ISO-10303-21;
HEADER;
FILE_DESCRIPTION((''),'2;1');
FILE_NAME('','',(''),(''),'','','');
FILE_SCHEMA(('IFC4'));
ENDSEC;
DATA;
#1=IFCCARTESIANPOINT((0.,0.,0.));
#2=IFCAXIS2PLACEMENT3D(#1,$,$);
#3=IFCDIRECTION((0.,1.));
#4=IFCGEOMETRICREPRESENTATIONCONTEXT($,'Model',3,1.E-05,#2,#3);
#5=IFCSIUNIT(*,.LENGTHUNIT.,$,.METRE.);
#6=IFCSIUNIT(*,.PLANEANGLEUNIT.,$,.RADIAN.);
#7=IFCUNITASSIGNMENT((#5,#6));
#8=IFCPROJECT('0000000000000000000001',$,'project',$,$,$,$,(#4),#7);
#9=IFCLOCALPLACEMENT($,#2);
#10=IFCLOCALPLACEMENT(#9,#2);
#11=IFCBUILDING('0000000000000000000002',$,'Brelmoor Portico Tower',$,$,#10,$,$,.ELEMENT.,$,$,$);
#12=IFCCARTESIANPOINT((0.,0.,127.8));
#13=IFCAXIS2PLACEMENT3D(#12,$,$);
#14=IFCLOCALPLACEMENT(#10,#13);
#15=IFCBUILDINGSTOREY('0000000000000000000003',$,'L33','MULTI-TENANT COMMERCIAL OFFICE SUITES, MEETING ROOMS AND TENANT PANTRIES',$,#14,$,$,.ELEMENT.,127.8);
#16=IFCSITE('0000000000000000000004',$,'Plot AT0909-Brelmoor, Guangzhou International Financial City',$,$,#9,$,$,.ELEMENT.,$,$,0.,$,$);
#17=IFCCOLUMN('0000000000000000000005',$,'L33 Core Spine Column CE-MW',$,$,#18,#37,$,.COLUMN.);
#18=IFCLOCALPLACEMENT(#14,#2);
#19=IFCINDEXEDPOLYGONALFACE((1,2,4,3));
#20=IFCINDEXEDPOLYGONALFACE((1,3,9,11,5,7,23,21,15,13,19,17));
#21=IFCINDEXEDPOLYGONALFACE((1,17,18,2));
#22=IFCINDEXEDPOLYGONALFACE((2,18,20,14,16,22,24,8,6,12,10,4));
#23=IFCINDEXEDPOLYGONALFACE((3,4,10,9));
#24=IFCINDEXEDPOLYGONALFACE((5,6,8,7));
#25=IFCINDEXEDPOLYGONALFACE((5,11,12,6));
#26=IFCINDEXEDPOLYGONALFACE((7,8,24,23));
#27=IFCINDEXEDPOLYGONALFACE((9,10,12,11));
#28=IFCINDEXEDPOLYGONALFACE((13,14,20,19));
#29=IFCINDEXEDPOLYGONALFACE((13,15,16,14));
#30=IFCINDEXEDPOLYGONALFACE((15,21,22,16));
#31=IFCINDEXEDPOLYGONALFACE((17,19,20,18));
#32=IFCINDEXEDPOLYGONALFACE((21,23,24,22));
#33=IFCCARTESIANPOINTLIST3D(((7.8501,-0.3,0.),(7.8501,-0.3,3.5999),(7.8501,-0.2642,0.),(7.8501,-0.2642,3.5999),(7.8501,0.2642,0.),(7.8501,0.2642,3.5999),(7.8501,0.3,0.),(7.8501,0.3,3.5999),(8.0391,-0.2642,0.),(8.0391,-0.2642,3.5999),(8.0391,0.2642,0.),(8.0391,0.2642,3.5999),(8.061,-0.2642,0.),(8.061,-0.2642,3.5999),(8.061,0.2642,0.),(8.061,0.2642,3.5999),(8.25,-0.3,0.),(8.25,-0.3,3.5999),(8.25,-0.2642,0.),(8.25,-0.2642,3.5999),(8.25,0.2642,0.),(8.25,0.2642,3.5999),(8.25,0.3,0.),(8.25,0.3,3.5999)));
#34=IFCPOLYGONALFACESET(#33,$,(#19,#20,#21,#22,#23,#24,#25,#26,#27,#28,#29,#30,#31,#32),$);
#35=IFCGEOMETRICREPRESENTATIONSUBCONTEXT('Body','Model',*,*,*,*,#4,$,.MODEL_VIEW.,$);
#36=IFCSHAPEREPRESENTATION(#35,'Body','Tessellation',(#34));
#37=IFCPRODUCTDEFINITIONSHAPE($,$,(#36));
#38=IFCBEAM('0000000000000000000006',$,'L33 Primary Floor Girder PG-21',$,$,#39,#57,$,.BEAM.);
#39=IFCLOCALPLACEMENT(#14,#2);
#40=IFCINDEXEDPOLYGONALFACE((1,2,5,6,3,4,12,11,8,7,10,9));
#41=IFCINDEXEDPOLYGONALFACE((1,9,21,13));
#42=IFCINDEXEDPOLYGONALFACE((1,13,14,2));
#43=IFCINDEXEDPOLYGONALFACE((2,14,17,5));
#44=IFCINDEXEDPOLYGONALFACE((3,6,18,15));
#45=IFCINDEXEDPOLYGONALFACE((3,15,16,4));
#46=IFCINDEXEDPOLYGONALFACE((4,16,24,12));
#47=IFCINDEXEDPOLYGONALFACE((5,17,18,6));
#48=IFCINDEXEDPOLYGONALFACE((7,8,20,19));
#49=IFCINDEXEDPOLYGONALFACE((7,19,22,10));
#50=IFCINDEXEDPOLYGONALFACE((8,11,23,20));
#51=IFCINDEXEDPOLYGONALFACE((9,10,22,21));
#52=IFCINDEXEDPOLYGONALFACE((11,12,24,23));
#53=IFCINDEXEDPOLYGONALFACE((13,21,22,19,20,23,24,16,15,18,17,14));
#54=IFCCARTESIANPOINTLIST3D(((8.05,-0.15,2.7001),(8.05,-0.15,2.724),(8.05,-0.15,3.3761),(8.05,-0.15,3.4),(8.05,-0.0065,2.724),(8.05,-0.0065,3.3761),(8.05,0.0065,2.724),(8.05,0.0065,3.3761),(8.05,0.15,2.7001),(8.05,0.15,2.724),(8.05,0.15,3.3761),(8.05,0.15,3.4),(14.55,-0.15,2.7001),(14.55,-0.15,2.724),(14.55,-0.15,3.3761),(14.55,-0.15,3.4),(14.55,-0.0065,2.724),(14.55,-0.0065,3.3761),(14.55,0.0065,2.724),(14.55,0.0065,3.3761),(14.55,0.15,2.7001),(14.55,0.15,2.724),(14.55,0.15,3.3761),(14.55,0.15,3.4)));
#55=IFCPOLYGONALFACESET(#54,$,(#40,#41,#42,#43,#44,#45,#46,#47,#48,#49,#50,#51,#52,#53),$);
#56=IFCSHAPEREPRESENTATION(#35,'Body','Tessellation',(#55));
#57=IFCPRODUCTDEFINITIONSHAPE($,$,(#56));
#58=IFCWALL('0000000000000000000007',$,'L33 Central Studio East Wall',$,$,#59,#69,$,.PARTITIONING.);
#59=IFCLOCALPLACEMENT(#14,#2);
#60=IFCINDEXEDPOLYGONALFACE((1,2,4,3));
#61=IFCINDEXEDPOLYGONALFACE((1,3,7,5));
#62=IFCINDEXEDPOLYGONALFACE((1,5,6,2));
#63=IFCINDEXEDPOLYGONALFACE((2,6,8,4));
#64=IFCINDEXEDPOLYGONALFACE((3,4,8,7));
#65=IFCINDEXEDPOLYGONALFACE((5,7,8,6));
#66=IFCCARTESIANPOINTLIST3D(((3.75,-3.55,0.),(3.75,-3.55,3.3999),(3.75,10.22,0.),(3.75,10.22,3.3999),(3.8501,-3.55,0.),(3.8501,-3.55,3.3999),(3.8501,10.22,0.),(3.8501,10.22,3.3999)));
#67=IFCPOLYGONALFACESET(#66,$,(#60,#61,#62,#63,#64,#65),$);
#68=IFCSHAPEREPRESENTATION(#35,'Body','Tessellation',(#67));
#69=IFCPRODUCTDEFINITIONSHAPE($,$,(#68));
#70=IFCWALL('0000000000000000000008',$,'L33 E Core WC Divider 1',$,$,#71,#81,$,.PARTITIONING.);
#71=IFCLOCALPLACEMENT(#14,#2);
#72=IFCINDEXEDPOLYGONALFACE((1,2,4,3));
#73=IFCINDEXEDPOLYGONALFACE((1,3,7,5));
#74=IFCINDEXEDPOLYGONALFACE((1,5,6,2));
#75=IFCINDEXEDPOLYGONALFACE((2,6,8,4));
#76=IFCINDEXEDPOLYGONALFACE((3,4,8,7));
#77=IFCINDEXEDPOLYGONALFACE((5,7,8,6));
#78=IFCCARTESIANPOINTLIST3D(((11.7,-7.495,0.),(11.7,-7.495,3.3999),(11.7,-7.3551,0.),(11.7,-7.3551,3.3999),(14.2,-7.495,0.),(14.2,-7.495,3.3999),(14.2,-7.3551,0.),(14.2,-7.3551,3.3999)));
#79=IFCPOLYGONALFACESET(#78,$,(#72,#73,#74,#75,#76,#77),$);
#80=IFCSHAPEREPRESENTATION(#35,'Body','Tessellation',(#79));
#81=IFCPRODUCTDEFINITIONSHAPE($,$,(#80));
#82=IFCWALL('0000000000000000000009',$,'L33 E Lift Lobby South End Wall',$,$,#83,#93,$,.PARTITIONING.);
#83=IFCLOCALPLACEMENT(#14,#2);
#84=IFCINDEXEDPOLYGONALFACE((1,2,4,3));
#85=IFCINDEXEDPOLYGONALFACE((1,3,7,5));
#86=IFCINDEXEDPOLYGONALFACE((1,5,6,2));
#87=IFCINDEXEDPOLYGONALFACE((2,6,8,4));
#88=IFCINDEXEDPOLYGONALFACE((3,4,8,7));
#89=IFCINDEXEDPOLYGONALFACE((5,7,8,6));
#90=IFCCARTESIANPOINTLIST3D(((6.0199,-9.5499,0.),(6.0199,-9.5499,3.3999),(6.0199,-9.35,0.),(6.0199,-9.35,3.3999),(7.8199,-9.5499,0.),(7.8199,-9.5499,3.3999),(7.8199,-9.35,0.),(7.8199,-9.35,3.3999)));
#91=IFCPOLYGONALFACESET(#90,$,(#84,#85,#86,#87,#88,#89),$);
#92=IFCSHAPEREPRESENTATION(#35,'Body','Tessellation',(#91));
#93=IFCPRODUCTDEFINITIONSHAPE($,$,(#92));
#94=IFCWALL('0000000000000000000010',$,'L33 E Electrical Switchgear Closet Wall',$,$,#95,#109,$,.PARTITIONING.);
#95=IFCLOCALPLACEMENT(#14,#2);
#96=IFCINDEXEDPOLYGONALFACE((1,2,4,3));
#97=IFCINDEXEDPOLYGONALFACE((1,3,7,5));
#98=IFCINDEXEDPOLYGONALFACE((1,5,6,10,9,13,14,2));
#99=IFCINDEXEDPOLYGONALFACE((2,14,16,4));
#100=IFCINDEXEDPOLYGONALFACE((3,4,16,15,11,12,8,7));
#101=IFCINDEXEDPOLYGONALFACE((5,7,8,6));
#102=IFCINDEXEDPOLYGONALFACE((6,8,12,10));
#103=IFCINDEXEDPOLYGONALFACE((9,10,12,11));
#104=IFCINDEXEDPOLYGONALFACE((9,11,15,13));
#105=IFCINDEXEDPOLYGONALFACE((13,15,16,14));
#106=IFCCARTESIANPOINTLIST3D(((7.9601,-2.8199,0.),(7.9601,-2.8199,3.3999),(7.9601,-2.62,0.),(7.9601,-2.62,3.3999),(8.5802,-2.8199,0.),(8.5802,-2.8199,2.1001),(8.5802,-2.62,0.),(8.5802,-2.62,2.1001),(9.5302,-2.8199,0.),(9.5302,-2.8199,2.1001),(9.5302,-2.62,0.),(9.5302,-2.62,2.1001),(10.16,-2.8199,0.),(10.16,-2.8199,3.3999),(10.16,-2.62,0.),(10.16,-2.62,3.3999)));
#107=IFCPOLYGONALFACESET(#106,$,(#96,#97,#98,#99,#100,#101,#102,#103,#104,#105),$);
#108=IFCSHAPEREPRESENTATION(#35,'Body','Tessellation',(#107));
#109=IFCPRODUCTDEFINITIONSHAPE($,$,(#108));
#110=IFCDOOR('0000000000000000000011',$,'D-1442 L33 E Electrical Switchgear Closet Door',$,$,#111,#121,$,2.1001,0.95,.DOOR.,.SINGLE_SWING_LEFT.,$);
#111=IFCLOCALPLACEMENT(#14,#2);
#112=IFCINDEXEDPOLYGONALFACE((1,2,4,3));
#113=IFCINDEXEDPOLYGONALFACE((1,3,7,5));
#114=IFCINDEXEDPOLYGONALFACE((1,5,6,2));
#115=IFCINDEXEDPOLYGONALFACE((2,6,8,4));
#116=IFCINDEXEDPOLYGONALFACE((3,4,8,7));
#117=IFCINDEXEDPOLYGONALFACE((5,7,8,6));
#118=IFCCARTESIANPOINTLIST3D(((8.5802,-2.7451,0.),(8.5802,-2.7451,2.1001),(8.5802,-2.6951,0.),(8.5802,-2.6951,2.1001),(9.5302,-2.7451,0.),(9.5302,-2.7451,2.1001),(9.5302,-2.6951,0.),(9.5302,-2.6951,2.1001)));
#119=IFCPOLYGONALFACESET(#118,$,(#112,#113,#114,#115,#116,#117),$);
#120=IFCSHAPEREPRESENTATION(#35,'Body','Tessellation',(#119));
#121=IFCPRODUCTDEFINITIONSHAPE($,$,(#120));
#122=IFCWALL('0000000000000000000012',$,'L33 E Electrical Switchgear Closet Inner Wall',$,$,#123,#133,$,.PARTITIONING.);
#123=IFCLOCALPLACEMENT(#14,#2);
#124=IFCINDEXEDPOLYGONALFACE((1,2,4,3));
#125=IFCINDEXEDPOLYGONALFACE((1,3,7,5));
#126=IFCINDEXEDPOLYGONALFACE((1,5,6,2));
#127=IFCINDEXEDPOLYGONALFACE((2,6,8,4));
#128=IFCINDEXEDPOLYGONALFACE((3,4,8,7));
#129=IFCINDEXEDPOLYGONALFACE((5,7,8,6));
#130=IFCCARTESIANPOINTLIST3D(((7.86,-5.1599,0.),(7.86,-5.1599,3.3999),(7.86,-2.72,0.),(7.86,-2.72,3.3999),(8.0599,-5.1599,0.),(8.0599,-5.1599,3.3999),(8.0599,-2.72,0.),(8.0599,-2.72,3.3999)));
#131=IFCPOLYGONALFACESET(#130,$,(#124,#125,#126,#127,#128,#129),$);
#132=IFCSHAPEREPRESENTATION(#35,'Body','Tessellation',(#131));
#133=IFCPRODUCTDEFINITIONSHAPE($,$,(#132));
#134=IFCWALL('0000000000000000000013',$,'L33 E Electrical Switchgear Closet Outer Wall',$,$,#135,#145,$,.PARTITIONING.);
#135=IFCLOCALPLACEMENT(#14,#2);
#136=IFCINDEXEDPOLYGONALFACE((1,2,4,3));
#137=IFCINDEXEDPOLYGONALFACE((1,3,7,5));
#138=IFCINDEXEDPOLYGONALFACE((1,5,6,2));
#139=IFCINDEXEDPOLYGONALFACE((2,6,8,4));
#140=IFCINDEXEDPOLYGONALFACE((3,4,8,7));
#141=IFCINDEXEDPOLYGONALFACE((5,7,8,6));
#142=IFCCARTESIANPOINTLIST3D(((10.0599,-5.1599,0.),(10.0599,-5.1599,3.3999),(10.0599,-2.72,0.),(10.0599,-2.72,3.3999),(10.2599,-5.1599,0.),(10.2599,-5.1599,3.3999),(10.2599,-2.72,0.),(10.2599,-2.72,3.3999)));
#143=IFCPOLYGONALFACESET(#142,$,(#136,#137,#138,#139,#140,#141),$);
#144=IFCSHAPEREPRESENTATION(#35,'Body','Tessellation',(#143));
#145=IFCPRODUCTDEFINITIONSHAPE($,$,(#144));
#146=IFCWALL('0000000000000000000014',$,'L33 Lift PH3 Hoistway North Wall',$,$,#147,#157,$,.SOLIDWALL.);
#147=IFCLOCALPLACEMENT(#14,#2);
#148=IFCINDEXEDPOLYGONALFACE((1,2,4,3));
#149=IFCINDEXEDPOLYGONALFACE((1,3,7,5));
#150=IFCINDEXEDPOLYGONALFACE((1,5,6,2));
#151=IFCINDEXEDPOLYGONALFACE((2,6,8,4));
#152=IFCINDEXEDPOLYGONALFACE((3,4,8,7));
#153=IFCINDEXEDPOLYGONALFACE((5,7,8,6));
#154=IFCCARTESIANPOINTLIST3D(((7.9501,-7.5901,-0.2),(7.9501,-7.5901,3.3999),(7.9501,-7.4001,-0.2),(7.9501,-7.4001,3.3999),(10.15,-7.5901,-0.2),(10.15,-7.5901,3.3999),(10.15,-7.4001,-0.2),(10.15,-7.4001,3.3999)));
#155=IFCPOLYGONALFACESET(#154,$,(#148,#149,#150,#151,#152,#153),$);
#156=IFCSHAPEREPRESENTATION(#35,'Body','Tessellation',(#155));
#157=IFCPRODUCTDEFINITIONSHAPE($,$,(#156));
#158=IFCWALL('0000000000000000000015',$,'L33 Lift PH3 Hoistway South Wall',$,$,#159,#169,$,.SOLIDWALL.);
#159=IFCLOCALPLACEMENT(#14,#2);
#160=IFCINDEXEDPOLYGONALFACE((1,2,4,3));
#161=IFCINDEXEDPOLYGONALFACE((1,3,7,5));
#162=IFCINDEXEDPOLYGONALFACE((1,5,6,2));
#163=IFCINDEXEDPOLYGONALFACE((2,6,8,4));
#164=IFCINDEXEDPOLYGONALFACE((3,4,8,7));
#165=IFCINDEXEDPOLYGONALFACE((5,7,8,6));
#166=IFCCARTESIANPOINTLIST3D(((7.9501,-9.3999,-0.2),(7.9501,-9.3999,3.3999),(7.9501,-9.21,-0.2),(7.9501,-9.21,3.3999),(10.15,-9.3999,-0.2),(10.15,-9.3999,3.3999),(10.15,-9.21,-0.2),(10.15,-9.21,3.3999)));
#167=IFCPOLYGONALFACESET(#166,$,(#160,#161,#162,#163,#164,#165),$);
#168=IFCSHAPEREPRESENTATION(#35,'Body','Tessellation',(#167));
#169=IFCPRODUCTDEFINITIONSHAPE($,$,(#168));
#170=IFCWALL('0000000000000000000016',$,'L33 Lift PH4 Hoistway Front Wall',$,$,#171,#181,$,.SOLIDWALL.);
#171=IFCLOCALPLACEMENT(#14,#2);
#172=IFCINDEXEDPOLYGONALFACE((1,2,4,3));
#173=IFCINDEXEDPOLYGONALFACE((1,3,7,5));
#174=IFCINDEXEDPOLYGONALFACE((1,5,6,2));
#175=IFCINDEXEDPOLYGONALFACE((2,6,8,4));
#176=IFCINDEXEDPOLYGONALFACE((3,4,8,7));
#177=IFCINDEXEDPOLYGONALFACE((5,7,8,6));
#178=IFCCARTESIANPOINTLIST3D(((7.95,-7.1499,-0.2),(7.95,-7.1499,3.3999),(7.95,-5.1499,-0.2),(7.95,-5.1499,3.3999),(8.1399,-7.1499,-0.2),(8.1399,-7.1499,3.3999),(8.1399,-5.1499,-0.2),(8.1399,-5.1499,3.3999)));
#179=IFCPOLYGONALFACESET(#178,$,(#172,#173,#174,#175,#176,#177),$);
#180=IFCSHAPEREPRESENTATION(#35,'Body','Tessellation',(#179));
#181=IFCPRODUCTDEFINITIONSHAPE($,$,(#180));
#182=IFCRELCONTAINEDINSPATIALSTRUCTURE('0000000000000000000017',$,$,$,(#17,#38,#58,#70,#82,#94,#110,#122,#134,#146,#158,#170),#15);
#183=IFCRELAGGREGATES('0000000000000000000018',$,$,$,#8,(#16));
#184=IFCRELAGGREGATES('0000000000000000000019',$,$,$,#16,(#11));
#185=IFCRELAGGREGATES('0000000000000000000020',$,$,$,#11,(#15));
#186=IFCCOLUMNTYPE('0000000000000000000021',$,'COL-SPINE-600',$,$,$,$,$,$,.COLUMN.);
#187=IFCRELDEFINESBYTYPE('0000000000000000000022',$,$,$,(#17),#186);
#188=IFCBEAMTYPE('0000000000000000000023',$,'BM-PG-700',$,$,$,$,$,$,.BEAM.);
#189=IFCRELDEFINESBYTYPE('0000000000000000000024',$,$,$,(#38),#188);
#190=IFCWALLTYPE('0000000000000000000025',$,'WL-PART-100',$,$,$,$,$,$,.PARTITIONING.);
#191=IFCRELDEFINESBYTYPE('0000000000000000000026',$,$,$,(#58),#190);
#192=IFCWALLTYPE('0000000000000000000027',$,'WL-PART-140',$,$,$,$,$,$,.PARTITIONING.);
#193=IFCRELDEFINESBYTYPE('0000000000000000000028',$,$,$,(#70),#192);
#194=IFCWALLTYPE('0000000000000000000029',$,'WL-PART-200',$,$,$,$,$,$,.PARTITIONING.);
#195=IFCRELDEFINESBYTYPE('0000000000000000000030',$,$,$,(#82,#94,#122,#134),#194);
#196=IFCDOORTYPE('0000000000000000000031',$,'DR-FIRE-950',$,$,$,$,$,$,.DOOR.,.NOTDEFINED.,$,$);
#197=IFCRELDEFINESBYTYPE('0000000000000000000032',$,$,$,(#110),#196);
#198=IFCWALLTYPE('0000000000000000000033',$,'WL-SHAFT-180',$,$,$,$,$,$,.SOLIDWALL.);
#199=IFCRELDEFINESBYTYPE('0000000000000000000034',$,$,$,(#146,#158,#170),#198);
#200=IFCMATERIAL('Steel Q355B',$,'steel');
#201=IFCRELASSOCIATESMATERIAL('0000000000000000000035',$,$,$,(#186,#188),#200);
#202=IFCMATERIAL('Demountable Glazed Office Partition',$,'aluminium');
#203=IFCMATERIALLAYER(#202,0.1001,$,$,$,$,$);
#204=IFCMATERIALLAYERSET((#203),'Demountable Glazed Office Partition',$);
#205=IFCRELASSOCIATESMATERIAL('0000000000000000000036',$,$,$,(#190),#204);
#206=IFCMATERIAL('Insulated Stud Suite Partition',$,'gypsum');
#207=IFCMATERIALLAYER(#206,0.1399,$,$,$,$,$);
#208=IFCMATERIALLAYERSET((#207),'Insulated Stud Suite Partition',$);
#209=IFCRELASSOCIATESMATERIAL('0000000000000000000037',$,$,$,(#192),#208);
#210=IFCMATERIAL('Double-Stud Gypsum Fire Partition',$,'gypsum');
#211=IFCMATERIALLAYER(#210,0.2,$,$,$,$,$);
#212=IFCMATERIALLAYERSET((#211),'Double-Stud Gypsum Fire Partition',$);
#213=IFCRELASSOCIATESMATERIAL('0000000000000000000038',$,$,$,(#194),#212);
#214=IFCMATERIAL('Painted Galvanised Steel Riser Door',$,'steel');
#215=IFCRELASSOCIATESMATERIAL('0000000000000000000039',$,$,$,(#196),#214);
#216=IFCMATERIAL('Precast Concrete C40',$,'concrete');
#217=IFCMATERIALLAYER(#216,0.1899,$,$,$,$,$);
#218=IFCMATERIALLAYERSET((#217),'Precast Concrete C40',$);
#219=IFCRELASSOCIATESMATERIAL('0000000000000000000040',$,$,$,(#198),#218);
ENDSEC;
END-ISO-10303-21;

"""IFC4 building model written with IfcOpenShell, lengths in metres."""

from ifc_helpers import new_model, si_unit, direction, frame, frame_2d, origin, origin_2d, place, context, subcontext, project, spatial, rectangle, i_section, extrude, material, layer, layer_set, material_profile, profile_set, type_object, element, fill, save


model = new_model("IFC4")

# Units and contexts
model_context = context("Model", 3, precision=1e-05, world=origin(), true_north=direction((0.0, 1.0)))
body_context = subcontext(model_context, "Body", "Model", "MODEL_VIEW")
ifc_project = project(units=[si_unit("LENGTHUNIT", "METRE"), si_unit("PLANEANGLEUNIT", "RADIAN")], contexts=[model_context])

# Site, building, storey
site_placement = place(None, origin())
site = spatial("IfcSite", under=ifc_project, at=site_placement, Name="Plot AT0909-Brelmoor, Guangzhou International Financial City", CompositionType="ELEMENT", RefElevation=0.0)
building_placement = place(site_placement, origin())
building = spatial("IfcBuilding", under=site, at=building_placement, Name="Brelmoor Portico Tower", CompositionType="ELEMENT")
storey_placement = place(building_placement, frame((0.0, 0.0, 127.8)))
storey = spatial("IfcBuildingStorey", under=building, at=storey_placement, Name="L33", Description="MULTI-TENANT COMMERCIAL OFFICE SUITES, MEETING ROOMS AND TENANT PANTRIES", CompositionType="ELEMENT", Elevation=127.8)

# Column
ifc_material_1 = material(Name="Steel Q355B", Category="steel")
ifc_material_profile_1 = material_profile(ifc_material_1, i_section(OverallWidth=0.3999, OverallDepth=0.6001, WebThickness=0.022, FlangeThickness=0.0359, at=origin_2d()), Name="HW 600x400x22x36")
ifc_profile_set_1 = profile_set([ifc_material_profile_1], Name="Steel Q355B")
column_type = type_object("IfcColumnType", Name="COL-SPINE-600", PredefinedType="COLUMN", material=ifc_profile_set_1)
column_placement = place(storey_placement, frame((8.05, 0.0, 0.0), z_axis=(0.0, 0.0, 1.0), x_axis=(1.0, 0.0, 0.0)))
element("IfcColumn", 1, at=column_placement, inside=storey, type_object=column_type, Name="L33 Core Spine Column CE-MW", PredefinedType="COLUMN", context=body_context, shape_type="SweptSolid", body=[
    extrude(i_section(OverallWidth=0.3999, OverallDepth=0.6001, WebThickness=0.022, FlangeThickness=0.0359, at=origin_2d()), origin(), (0.0, 0.0, 1.0), 3.5999),
])

# Beam
ifc_material_profile_2 = material_profile(ifc_material_1, i_section(OverallWidth=0.3, OverallDepth=0.7, WebThickness=0.0129, FlangeThickness=0.0239, at=origin_2d()), Name="HN 700x300x13x24")
ifc_profile_set_2 = profile_set([ifc_material_profile_2], Name="Steel Q355B")
beam_type = type_object("IfcBeamType", Name="BM-PG-700", PredefinedType="BEAM", material=ifc_profile_set_2)
beam_placement = place(storey_placement, frame((8.05, 0.0, 3.05), z_axis=(1.0, 0.0, 0.0), x_axis=(0.0, 1.0, 0.0)))
element("IfcBeam", 2, at=beam_placement, inside=storey, type_object=beam_type, Name="L33 Primary Floor Girder PG-21", PredefinedType="BEAM", context=body_context, shape_type="SweptSolid", body=[
    extrude(i_section(OverallWidth=0.3, OverallDepth=0.7, WebThickness=0.0129, FlangeThickness=0.0239, at=origin_2d()), origin(), (0.0, 0.0, 1.0), 6.5),
])

# Walls
ifc_material_2 = material(Name="Demountable Glazed Office Partition", Category="aluminium")
ifc_layer_1 = layer(ifc_material_2, 0.1001)
ifc_layer_set_1 = layer_set([ifc_layer_1], Name="Demountable Glazed Office Partition")
wall_type_1 = type_object("IfcWallType", Name="WL-PART-100", PredefinedType="PARTITIONING", material=ifc_layer_set_1)
wall_1_placement = place(storey_placement, frame((3.8, -3.55, 0.0), z_axis=(0.0, 0.0, 1.0), x_axis=(0.0, 1.0, 0.0)))
element("IfcWall", 3, at=wall_1_placement, inside=storey, type_object=wall_type_1, Name="L33 Central Studio East Wall", PredefinedType="PARTITIONING", context=body_context, shape_type="SweptSolid", body=[
    extrude(rectangle(XDim=13.77, YDim=0.1001, at=frame_2d((6.885, 0.0))), origin(), (0.0, 0.0, 1.0), 3.3999),
])
ifc_material_3 = material(Name="Insulated Stud Suite Partition", Category="gypsum")
ifc_layer_2 = layer(ifc_material_3, 0.1399)
ifc_layer_set_2 = layer_set([ifc_layer_2], Name="Insulated Stud Suite Partition")
wall_type_2 = type_object("IfcWallType", Name="WL-PART-140", PredefinedType="PARTITIONING", material=ifc_layer_set_2)
wall_2_placement = place(storey_placement, frame((11.7, -7.425, 0.0), z_axis=(0.0, 0.0, 1.0), x_axis=(1.0, 0.0, 0.0)))
element("IfcWall", 4, at=wall_2_placement, inside=storey, type_object=wall_type_2, Name="L33 E Core WC Divider 1", PredefinedType="PARTITIONING", context=body_context, shape_type="SweptSolid", body=[
    extrude(rectangle(XDim=2.5, YDim=0.1399, at=frame_2d((1.25, 0.0))), origin(), (0.0, 0.0, 1.0), 3.3999),
])

# Wall
ifc_material_4 = material(Name="Double-Stud Gypsum Fire Partition", Category="gypsum")
ifc_layer_3 = layer(ifc_material_4, 0.2)
ifc_layer_set_3 = layer_set([ifc_layer_3], Name="Double-Stud Gypsum Fire Partition")
wall_type_3 = type_object("IfcWallType", Name="WL-PART-200", PredefinedType="PARTITIONING", material=ifc_layer_set_3)
wall_3_placement = place(storey_placement, frame((6.02, -9.45, 0.0), z_axis=(0.0, 0.0, 1.0), x_axis=(1.0, 0.0, 0.0)))
element("IfcWall", 5, at=wall_3_placement, inside=storey, type_object=wall_type_3, Name="L33 E Lift Lobby South End Wall", PredefinedType="PARTITIONING", context=body_context, shape_type="SweptSolid", body=[
    extrude(rectangle(XDim=1.8, YDim=0.2, at=frame_2d((0.8999, 0.0))), origin(), (0.0, 0.0, 1.0), 3.3999),
])

# Wall, opening, door
wall_4_placement = place(storey_placement, frame((7.96, -2.72, 0.0), z_axis=(0.0, 0.0, 1.0), x_axis=(1.0, 0.0, 0.0)))
wall_4 = element("IfcWall", 6, at=wall_4_placement, inside=storey, type_object=wall_type_3, Name="L33 E Electrical Switchgear Closet Wall", PredefinedType="PARTITIONING", context=body_context, shape_type="SweptSolid", body=[
    extrude(rectangle(XDim=2.2, YDim=0.2, at=frame_2d((1.1001, 0.0))), origin(), (0.0, 0.0, 1.0), 3.3999),
])
opening_1_placement = place(wall_4_placement, frame((0.6201, 0.0, 0.0)))
opening_1 = element("IfcOpeningElement", 7, at=opening_1_placement, cuts=wall_4, PredefinedType="OPENING", context=body_context, shape_type="SweptSolid", body=[
    extrude(rectangle(XDim=0.95, YDim=2.1001, at=frame_2d((0.4751, 1.05))), frame((0.0, 0.1099, 0.0), z_axis=(0.0, -1.0, 0.0), x_axis=(1.0, 0.0, 0.0)), (0.0, 0.0, 1.0), 0.22),
])
ifc_material_5 = material(Name="Painted Galvanised Steel Riser Door", Category="steel")
door_type_1 = type_object("IfcDoorType", Name="DR-FIRE-950", OperationType="NOTDEFINED", PredefinedType="DOOR", material=ifc_material_5)
door_1_placement = place(opening_1_placement, origin())
door_1 = element("IfcDoor", 8, at=door_1_placement, inside=storey, type_object=door_type_1, Name="D-1442 L33 E Electrical Switchgear Closet Door", OperationType="SINGLE_SWING_LEFT", OverallHeight=2.1001, OverallWidth=0.95, PredefinedType="DOOR", context=body_context, shape_type="SweptSolid", body=[
    extrude(rectangle(XDim=0.95, YDim=2.1001, at=frame_2d((0.4751, 1.05))), frame((0.0, 0.0249, 0.0), z_axis=(0.0, -1.0, 0.0), x_axis=(1.0, 0.0, 0.0)), (0.0, 0.0, 1.0), 0.05),
])
fill(opening_1, door_1)

# Walls
for number, where, z_axis, x_axis, name in (
    (9, (7.96, -5.1599, 0.0), (0.0, 0.0, 1.0), (0.0, 1.0, 0.0), "L33 E Electrical Switchgear Closet Inner Wall"),
    (10, (10.1599, -5.1599, 0.0), (0.0, 0.0, 1.0), (0.0, 1.0, 0.0), "L33 E Electrical Switchgear Closet Outer Wall"),
):
    element("IfcWall", number, at=place(storey_placement, frame(where, z_axis=z_axis, x_axis=x_axis)), inside=storey, type_object=wall_type_3, Name=name, PredefinedType="PARTITIONING", context=body_context, shape_type="SweptSolid", body=[
        extrude(rectangle(XDim=2.4399, YDim=0.2, at=frame_2d((1.22, 0.0))), origin(), (0.0, 0.0, 1.0), 3.3999),
    ])
ifc_material_6 = material(Name="Precast Concrete C40", Category="concrete")
ifc_layer_4 = layer(ifc_material_6, 0.1899)
ifc_layer_set_4 = layer_set([ifc_layer_4], Name="Precast Concrete C40")
wall_type_4 = type_object("IfcWallType", Name="WL-SHAFT-180", PredefinedType="SOLIDWALL", material=ifc_layer_set_4)
for number, where, z_axis, x_axis, name in (
    (11, (7.95, -7.4951, -0.2), (0.0, 0.0, 1.0), (1.0, 0.0, 0.0), "L33 Lift PH3 Hoistway North Wall"),
    (12, (7.95, -9.3049, -0.2), (0.0, 0.0, 1.0), (1.0, 0.0, 0.0), "L33 Lift PH3 Hoistway South Wall"),
):
    element("IfcWall", number, at=place(storey_placement, frame(where, z_axis=z_axis, x_axis=x_axis)), inside=storey, type_object=wall_type_4, Name=name, PredefinedType="SOLIDWALL", context=body_context, shape_type="SweptSolid", body=[
        extrude(rectangle(XDim=2.2, YDim=0.1899, at=frame_2d((1.1001, 0.0))), origin(), (0.0, 0.0, 1.0), 3.5999),
    ])
for number, where, z_axis, x_axis, name in (
    (13, (8.0449, -7.1499, -0.2), (0.0, 0.0, 1.0), (0.0, 1.0, 0.0), "L33 Lift PH4 Hoistway Front Wall"),
):
    element("IfcWall", number, at=place(storey_placement, frame(where, z_axis=z_axis, x_axis=x_axis)), inside=storey, type_object=wall_type_4, Name=name, PredefinedType="SOLIDWALL", context=body_context, shape_type="SweptSolid", body=[
        extrude(rectangle(XDim=2.0, YDim=0.1899, at=frame_2d((1.0, 0.0))), origin(), (0.0, 0.0, 1.0), 3.5999),
    ])

save(model, "model.ifc")
